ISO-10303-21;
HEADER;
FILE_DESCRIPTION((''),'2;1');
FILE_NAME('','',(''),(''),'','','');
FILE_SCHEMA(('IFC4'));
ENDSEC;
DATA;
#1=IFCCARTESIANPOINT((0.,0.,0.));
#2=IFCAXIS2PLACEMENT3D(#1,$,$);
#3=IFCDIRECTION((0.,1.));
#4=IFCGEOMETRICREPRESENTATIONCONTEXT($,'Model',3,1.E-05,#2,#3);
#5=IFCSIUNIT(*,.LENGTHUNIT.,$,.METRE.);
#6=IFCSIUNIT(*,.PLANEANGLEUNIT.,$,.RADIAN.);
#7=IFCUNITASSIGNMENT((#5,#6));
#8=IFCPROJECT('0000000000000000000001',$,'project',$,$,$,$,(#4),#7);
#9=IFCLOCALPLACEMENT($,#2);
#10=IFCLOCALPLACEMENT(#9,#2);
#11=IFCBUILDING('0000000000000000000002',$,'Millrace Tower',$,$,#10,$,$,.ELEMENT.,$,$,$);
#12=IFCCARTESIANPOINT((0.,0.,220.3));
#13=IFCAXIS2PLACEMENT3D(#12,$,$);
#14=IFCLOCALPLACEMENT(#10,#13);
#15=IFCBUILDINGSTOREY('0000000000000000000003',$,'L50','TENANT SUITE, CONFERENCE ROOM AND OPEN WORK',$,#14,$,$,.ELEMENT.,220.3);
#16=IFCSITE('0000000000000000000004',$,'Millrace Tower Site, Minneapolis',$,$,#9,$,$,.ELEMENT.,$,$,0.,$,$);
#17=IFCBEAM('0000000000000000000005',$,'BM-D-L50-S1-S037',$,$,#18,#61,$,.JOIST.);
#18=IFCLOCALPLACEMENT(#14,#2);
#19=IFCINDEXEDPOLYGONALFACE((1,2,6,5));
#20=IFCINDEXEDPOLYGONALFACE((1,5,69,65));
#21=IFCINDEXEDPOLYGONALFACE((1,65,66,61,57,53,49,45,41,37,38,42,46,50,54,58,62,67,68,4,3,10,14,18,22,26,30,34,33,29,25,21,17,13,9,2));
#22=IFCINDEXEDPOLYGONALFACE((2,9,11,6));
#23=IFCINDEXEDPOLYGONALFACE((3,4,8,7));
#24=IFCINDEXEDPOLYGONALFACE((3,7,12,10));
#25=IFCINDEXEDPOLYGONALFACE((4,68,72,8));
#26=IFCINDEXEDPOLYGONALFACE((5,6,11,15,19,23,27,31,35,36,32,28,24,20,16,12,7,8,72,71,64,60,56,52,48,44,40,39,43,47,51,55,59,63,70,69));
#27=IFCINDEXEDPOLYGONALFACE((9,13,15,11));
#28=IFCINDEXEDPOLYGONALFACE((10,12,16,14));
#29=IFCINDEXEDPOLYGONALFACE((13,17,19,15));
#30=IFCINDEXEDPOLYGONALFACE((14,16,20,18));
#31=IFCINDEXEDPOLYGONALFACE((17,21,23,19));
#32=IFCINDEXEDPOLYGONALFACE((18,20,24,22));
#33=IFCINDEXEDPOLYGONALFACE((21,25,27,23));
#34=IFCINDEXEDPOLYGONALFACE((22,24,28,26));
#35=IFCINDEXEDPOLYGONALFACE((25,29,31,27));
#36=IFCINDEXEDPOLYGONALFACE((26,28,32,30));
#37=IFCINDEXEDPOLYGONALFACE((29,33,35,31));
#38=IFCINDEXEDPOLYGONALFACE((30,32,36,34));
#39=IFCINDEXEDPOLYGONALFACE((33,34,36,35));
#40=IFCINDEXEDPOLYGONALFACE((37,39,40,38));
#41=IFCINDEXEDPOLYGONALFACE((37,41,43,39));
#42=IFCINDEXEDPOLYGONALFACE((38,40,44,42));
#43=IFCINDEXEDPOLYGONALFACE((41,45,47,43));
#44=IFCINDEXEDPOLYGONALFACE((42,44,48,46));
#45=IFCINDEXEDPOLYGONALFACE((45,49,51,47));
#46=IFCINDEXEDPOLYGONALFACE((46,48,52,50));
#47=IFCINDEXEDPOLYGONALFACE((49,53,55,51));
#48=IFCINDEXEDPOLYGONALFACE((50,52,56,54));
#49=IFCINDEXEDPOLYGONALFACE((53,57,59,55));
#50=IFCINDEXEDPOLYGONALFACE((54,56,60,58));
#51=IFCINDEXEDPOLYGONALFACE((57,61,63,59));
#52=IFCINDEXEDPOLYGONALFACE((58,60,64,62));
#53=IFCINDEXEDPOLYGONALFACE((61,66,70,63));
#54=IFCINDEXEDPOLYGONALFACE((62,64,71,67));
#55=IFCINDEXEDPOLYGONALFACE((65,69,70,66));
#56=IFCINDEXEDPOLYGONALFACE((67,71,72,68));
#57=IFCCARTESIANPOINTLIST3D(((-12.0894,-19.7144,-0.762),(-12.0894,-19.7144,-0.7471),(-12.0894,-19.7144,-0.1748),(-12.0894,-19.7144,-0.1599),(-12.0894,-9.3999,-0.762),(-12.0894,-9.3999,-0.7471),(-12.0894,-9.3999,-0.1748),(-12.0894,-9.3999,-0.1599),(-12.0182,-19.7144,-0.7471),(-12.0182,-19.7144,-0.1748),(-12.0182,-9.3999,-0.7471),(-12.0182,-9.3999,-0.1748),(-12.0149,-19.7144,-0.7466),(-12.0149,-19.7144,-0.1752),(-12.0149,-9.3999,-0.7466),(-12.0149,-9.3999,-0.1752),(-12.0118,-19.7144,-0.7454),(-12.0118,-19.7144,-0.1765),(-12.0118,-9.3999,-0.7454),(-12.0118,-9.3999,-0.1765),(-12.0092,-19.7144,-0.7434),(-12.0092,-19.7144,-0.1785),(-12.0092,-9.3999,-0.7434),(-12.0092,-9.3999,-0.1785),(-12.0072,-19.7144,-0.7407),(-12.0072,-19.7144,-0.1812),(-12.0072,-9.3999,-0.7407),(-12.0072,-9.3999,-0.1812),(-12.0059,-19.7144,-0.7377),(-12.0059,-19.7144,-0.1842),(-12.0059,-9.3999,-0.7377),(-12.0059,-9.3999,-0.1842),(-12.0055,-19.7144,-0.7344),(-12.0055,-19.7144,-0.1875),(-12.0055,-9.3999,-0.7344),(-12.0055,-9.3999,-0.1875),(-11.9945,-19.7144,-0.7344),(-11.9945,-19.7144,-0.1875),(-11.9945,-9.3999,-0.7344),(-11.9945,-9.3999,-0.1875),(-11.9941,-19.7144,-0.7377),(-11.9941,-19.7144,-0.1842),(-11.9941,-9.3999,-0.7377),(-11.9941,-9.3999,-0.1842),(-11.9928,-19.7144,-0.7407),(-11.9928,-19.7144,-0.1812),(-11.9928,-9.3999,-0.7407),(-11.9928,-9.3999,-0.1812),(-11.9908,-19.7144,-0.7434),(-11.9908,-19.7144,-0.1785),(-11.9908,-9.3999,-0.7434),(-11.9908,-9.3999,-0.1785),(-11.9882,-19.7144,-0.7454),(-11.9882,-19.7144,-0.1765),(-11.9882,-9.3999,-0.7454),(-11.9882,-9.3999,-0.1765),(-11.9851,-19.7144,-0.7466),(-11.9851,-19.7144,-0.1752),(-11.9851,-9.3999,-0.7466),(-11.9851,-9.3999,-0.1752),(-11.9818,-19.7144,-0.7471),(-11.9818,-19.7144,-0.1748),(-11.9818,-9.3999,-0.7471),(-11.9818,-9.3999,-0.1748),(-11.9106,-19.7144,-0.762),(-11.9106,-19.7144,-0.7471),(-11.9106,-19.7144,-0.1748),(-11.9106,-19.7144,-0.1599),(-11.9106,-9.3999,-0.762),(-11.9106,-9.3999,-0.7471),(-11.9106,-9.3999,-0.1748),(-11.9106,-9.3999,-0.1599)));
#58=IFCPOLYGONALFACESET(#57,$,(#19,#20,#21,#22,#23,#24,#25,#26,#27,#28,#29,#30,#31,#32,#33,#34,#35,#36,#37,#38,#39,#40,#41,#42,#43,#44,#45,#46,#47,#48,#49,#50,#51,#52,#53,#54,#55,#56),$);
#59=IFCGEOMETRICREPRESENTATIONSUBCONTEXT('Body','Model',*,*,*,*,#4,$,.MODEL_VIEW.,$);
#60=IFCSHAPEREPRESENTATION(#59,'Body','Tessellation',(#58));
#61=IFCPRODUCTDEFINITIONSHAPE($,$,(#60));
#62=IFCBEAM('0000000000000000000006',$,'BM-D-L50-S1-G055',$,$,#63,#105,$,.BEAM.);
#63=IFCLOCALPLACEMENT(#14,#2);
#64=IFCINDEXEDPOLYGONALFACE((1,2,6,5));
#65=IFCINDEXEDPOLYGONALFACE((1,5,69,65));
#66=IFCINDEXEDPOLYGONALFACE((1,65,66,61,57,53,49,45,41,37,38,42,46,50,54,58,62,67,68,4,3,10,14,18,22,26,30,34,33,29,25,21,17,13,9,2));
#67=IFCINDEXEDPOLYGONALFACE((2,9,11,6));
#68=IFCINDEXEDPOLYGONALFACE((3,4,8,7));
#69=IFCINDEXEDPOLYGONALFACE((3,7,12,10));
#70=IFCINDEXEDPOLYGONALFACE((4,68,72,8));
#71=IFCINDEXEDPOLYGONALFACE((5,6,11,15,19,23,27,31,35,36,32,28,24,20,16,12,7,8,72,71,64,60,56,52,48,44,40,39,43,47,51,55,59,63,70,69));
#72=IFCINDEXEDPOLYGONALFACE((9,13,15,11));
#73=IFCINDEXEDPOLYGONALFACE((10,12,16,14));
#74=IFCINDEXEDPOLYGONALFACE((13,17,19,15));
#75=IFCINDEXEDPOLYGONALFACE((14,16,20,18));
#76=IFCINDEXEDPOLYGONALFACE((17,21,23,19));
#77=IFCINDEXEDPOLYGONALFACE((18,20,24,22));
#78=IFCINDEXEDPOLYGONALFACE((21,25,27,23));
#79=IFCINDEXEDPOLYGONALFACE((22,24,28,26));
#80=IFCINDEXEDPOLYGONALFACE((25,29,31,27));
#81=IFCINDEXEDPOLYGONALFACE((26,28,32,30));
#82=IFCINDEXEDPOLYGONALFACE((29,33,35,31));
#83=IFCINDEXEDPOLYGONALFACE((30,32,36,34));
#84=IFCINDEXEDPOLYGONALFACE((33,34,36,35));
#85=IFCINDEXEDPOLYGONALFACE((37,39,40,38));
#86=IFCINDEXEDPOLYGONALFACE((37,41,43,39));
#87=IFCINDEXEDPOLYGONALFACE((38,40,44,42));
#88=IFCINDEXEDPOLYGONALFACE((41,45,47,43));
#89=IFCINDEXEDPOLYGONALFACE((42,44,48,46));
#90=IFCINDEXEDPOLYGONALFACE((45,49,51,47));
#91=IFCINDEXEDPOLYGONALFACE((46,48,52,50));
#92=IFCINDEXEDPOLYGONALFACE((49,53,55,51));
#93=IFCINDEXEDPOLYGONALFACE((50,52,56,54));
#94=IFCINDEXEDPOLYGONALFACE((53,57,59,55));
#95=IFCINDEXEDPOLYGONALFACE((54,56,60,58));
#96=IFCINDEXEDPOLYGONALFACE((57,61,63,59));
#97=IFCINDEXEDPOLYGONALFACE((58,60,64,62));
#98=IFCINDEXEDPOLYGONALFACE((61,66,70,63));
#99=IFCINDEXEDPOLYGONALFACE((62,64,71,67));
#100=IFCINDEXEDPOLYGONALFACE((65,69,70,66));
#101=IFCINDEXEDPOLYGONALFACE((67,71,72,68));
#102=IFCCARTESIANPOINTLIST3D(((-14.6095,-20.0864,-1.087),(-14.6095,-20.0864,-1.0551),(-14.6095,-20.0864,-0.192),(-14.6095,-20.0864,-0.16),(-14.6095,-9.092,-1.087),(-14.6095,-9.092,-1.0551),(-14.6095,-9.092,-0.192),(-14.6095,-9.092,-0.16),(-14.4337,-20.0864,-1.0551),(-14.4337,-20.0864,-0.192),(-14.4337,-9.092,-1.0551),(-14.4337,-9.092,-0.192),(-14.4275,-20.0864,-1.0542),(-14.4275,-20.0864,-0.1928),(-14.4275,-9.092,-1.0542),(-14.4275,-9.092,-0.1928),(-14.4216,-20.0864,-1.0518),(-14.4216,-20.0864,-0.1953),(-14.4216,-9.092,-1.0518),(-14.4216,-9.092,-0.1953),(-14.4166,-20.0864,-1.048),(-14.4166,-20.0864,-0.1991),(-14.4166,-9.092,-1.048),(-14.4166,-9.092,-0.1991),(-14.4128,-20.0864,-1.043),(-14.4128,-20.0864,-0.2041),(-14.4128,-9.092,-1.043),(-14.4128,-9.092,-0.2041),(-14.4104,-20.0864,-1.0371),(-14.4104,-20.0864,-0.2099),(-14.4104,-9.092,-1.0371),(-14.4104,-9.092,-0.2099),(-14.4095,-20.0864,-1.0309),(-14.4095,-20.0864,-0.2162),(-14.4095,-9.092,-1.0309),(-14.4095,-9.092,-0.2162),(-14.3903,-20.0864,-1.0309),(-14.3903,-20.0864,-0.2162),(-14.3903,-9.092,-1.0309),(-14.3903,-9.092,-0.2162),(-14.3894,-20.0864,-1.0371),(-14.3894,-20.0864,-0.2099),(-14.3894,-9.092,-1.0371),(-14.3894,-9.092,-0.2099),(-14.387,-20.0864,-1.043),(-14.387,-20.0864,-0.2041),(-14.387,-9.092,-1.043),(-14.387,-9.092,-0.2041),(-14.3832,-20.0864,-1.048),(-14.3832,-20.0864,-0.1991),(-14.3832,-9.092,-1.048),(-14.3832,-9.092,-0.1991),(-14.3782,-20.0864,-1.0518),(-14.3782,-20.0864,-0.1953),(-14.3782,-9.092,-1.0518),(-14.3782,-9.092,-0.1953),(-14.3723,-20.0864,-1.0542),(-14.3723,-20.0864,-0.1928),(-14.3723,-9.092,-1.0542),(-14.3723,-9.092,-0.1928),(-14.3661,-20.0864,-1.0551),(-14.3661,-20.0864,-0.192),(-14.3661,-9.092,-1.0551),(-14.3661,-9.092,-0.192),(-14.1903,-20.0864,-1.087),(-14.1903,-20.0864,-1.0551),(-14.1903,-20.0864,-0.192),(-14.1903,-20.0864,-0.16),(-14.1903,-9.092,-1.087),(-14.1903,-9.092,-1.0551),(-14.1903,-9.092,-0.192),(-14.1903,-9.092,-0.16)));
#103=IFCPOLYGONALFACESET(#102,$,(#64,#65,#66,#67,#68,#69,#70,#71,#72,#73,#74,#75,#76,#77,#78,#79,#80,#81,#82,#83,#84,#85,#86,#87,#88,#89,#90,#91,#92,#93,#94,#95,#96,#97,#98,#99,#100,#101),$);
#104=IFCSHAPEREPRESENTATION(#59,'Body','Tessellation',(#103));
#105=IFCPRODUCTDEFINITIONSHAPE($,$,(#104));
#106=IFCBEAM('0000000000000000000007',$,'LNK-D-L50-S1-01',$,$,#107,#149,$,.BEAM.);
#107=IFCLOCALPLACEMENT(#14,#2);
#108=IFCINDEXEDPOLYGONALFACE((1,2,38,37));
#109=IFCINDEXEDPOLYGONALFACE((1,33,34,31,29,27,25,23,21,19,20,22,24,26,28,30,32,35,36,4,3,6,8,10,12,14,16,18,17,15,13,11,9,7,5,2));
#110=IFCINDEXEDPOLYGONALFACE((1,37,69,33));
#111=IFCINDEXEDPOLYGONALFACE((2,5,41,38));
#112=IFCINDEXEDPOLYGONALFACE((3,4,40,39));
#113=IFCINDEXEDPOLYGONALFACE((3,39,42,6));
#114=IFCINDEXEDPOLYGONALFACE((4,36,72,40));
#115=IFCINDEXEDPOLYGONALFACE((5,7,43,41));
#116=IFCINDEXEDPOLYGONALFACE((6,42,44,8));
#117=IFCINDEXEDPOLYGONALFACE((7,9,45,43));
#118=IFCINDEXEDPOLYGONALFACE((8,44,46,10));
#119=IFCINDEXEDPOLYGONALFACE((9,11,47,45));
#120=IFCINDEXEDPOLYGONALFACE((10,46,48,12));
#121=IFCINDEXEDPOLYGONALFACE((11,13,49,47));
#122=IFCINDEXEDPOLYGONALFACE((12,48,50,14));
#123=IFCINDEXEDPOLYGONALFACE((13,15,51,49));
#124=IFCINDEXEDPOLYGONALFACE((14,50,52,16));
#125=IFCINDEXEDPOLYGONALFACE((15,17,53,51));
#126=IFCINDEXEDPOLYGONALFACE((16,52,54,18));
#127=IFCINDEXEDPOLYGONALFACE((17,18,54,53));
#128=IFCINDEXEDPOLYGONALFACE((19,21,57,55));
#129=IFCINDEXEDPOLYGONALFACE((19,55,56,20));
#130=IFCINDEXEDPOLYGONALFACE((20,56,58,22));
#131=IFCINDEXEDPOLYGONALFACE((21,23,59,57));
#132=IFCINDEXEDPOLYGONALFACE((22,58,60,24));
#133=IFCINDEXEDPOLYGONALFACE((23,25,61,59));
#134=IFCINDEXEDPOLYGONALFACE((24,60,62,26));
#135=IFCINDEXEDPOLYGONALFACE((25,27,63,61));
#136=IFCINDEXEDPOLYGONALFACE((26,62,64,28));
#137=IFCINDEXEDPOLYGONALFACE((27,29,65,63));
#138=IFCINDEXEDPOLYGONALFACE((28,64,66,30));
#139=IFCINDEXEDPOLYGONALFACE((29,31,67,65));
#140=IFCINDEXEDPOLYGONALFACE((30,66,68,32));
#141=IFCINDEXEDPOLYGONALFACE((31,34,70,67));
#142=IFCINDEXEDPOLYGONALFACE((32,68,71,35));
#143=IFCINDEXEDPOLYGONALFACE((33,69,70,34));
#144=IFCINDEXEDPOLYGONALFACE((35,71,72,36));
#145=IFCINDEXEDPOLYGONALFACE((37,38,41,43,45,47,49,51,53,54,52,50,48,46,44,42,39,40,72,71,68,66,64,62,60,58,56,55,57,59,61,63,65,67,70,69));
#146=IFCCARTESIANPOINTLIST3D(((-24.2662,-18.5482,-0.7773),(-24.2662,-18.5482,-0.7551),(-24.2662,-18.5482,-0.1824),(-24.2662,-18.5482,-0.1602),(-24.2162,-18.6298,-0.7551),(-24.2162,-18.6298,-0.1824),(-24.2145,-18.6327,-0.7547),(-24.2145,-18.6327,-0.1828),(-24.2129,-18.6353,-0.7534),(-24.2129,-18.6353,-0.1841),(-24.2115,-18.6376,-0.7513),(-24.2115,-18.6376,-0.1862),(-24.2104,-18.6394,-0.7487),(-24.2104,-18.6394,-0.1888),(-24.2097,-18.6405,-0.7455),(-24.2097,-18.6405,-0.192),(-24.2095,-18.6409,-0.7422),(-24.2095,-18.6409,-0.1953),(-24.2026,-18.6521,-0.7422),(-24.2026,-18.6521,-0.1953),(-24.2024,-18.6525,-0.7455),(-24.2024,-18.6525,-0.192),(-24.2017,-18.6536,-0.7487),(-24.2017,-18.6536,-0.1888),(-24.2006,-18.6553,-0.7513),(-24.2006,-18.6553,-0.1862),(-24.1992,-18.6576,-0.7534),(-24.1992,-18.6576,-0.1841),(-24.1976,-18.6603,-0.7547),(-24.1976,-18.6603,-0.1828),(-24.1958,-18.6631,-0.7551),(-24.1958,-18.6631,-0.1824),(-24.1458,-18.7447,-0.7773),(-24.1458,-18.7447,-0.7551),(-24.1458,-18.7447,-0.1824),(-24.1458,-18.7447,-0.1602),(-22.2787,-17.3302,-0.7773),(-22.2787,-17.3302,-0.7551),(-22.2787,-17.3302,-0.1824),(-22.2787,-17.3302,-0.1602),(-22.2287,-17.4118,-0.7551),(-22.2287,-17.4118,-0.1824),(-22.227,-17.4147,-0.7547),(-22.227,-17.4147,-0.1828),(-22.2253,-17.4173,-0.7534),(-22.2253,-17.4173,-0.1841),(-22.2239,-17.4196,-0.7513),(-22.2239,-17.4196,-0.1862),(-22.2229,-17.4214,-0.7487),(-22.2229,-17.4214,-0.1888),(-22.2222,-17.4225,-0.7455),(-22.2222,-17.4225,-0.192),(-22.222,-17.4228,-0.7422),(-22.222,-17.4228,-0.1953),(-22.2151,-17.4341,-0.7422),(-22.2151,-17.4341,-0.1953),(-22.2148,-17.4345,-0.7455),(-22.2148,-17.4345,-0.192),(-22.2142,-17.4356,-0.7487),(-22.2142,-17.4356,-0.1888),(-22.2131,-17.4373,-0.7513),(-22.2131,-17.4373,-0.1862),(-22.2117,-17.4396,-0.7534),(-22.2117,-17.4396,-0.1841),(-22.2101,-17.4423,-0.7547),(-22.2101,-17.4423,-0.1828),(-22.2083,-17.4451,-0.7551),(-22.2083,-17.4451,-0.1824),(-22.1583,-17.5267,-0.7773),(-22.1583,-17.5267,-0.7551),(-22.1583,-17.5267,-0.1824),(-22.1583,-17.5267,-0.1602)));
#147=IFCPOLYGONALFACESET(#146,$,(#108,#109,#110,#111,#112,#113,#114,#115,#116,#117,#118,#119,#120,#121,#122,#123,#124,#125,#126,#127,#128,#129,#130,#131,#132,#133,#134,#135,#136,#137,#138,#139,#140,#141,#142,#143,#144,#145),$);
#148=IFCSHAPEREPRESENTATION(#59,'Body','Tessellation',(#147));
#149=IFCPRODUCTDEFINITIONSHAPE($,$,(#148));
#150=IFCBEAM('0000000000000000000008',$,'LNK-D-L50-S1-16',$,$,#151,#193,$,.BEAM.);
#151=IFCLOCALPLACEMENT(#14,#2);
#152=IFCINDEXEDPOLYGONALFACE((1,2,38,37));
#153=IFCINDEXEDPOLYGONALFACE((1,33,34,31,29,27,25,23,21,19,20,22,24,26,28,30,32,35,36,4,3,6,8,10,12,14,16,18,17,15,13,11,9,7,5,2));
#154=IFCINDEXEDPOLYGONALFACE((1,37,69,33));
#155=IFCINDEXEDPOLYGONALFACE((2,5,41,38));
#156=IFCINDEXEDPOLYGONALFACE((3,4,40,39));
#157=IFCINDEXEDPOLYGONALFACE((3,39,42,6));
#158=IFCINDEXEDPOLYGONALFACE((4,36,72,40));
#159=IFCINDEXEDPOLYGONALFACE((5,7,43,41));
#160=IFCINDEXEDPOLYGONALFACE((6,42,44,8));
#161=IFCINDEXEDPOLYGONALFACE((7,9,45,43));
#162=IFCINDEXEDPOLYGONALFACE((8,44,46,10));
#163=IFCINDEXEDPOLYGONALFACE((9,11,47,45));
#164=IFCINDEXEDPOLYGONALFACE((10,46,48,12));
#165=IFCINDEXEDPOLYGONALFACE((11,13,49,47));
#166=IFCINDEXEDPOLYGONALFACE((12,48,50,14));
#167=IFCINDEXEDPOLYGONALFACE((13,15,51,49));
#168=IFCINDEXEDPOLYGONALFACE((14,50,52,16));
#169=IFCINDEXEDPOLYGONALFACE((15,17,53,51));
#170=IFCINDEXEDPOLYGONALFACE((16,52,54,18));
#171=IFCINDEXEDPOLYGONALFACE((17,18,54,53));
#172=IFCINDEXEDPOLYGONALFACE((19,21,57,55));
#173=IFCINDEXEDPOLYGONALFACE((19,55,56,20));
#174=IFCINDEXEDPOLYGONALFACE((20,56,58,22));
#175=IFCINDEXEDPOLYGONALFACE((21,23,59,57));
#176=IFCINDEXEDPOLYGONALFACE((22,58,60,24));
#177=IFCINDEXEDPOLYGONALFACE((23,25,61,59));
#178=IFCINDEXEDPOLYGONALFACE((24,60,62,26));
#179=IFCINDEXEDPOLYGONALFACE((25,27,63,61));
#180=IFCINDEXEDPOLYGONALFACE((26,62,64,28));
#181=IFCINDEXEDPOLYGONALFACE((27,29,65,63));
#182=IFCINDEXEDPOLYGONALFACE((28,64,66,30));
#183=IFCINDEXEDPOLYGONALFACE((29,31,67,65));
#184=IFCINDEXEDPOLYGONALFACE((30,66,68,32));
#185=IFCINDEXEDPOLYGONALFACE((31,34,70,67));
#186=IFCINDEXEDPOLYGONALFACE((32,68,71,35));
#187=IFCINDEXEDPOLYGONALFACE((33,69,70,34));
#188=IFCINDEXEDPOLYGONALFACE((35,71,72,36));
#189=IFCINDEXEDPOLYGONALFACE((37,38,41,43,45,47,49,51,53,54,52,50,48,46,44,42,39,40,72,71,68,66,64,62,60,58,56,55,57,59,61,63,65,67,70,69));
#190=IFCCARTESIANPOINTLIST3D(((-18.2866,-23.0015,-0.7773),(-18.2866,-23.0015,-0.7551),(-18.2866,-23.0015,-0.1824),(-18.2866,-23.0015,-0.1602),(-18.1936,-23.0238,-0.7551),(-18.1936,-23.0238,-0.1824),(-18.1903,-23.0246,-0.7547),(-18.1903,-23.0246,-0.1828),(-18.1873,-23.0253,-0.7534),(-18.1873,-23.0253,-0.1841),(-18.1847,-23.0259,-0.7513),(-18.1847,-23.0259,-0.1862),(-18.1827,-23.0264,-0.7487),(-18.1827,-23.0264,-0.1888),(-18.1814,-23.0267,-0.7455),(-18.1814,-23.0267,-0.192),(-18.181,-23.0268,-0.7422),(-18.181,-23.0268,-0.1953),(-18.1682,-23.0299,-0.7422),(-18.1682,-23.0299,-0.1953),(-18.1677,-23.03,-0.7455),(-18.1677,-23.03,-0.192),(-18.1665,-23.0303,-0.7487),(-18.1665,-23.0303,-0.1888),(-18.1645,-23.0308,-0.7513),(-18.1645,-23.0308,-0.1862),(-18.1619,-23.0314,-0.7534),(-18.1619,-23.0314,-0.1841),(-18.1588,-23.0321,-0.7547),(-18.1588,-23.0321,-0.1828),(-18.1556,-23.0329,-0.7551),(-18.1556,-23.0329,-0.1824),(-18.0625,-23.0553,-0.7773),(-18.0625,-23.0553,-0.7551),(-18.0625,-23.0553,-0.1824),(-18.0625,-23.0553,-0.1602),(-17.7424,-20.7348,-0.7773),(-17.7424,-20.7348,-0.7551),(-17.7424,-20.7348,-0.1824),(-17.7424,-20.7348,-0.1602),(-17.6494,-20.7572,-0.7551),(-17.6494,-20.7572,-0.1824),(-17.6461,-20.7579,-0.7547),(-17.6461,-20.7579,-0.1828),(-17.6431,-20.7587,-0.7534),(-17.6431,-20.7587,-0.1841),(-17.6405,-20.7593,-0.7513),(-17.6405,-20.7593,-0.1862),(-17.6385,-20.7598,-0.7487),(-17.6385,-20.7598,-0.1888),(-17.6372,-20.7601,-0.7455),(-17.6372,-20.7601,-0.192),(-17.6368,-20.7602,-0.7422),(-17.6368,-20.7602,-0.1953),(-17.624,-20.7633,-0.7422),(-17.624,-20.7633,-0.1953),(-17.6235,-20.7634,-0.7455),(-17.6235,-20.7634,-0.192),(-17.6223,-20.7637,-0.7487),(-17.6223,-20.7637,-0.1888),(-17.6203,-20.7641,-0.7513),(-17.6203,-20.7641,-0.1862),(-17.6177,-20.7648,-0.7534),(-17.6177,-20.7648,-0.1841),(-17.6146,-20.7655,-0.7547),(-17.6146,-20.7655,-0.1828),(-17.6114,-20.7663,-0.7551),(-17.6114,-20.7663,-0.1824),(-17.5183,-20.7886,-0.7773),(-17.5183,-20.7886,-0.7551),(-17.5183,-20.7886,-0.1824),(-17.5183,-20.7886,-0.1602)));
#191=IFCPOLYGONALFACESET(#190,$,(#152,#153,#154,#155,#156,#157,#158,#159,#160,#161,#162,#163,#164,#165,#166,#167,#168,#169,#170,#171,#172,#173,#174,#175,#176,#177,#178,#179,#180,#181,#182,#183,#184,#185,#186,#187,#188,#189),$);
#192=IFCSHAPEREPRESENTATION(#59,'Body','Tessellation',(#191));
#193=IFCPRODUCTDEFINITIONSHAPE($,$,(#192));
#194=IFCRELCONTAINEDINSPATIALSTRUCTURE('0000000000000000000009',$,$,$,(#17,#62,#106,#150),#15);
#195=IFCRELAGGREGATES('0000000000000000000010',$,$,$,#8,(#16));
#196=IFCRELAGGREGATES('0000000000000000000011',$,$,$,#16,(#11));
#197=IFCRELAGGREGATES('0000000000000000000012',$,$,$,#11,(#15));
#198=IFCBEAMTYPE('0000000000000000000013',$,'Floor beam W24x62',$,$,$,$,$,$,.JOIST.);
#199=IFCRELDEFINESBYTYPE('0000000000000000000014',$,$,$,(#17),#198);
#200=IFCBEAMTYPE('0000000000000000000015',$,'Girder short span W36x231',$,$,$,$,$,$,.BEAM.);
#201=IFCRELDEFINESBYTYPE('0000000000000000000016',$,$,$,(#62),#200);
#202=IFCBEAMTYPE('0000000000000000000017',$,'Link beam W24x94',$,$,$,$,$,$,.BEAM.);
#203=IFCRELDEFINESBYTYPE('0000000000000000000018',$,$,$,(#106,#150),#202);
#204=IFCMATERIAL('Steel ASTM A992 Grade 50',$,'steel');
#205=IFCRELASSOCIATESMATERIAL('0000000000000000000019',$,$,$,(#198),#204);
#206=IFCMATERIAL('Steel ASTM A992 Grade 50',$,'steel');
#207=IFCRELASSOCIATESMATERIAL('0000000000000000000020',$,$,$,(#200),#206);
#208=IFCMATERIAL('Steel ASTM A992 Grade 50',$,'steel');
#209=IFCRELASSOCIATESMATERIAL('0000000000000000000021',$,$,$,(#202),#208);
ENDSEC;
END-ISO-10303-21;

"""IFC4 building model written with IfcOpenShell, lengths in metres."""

from ifc_helpers import new_model, si_unit, direction, frame, origin, origin_2d, place, context, subcontext, project, spatial, i_section, extrude, material, material_profile, profile_set, type_object, element, save


model = new_model("IFC4")

# Units and contexts
model_context = context("Model", 3, precision=1e-05, world=origin(), true_north=direction((0.0, 1.0)))
body_context = subcontext(model_context, "Body", "Model", "MODEL_VIEW")
ifc_project = project(units=[si_unit("LENGTHUNIT", "METRE"), si_unit("PLANEANGLEUNIT", "RADIAN")], contexts=[model_context])

# Site, building, storey
site_placement = place(None, origin())
site = spatial("IfcSite", under=ifc_project, at=site_placement, Name="Millrace Tower Site, Minneapolis", CompositionType="ELEMENT", RefElevation=0.0)
building_placement = place(site_placement, origin())
building = spatial("IfcBuilding", under=site, at=building_placement, Name="Millrace Tower", CompositionType="ELEMENT")
storey_placement = place(building_placement, frame((0.0, 0.0, 220.3)))
storey = spatial("IfcBuildingStorey", under=building, at=storey_placement, Name="L50", Description="TENANT SUITE, CONFERENCE ROOM AND OPEN WORK", CompositionType="ELEMENT", Elevation=220.3)

# Beams
ifc_material_1 = material(Name="Steel ASTM A992 Grade 50", Category="steel")
ifc_material_profile_1 = material_profile(ifc_material_1, i_section(OverallWidth=0.1787, OverallDepth=0.6021, WebThickness=0.011, FlangeThickness=0.0149, FilletRadius=0.0127, at=origin_2d()))
ifc_profile_set_1 = profile_set([ifc_material_profile_1], Name="Steel ASTM A992 Grade 50")
beam_type_1 = type_object("IfcBeamType", Name="Floor beam W24x62", PredefinedType="JOIST", material=ifc_profile_set_1)
beam_1_placement = place(storey_placement, frame((-12.0, -19.7144, -0.4609), z_axis=(0.0, 1.0, 0.0), x_axis=(-1.0, 0.0, 0.0)))
element("IfcBeam", 1, at=beam_1_placement, inside=storey, type_object=beam_type_1, Name="BM-D-L50-S1-S037", PredefinedType="JOIST", context=body_context, shape_type="SweptSolid", body=[
    extrude(i_section(OverallWidth=0.1787, OverallDepth=0.6021, WebThickness=0.011, FlangeThickness=0.0149, FilletRadius=0.0127, at=origin_2d()), origin(), (0.0, 0.0, 1.0), 10.3145),
])
ifc_material_2 = material(Name="Steel ASTM A992 Grade 50", Category="steel")
ifc_material_profile_2 = material_profile(ifc_material_2, i_section(OverallWidth=0.4192, OverallDepth=0.927, WebThickness=0.0193, FlangeThickness=0.032, FilletRadius=0.0242, at=origin_2d()))
ifc_profile_set_2 = profile_set([ifc_material_profile_2], Name="Steel ASTM A992 Grade 50")
beam_type_2 = type_object("IfcBeamType", Name="Girder short span W36x231", PredefinedType="BEAM", material=ifc_profile_set_2)
beam_2_placement = place(storey_placement, frame((-14.3999, -20.0864, -0.6235), z_axis=(0.0, 1.0, 0.0), x_axis=(-1.0, 0.0, 0.0)))
element("IfcBeam", 2, at=beam_2_placement, inside=storey, type_object=beam_type_2, Name="BM-D-L50-S1-G055", PredefinedType="BEAM", context=body_context, shape_type="SweptSolid", body=[
    extrude(i_section(OverallWidth=0.4192, OverallDepth=0.927, WebThickness=0.0193, FlangeThickness=0.032, FilletRadius=0.0242, at=origin_2d()), origin(), (0.0, 0.0, 1.0), 10.9944),
])
ifc_material_3 = material(Name="Steel ASTM A992 Grade 50", Category="steel")
ifc_material_profile_3 = material_profile(ifc_material_3, i_section(OverallWidth=0.2305, OverallDepth=0.6172, WebThickness=0.0132, FlangeThickness=0.0222, FilletRadius=0.0129, at=origin_2d()))
ifc_profile_set_3 = profile_set([ifc_material_profile_3], Name="Steel ASTM A992 Grade 50")
beam_type_3 = type_object("IfcBeamType", Name="Link beam W24x94", PredefinedType="BEAM", material=ifc_profile_set_3)
for number, where, z_axis, x_axis, name in (
    (3, (-22.2185, -17.4285, -0.4688), (-0.852631, -0.522513, 0.0), (0.522513, -0.852631, 0.0), "LNK-D-L50-S1-01"),
    (4, (-17.6304, -20.7617, -0.4688), (-0.233456, -0.972367, 0.0), (0.972367, -0.233456, 0.0), "LNK-D-L50-S1-16"),
):
    element("IfcBeam", number, at=place(storey_placement, frame(where, z_axis=z_axis, x_axis=x_axis)), inside=storey, type_object=beam_type_3, Name=name, PredefinedType="BEAM", context=body_context, shape_type="SweptSolid", body=[
        extrude(i_section(OverallWidth=0.2305, OverallDepth=0.6172, WebThickness=0.0132, FlangeThickness=0.0222, FilletRadius=0.0129, at=origin_2d()), origin(), (0.0, 0.0, 1.0), 2.3311),
    ])

save(model, "model.ifc")
